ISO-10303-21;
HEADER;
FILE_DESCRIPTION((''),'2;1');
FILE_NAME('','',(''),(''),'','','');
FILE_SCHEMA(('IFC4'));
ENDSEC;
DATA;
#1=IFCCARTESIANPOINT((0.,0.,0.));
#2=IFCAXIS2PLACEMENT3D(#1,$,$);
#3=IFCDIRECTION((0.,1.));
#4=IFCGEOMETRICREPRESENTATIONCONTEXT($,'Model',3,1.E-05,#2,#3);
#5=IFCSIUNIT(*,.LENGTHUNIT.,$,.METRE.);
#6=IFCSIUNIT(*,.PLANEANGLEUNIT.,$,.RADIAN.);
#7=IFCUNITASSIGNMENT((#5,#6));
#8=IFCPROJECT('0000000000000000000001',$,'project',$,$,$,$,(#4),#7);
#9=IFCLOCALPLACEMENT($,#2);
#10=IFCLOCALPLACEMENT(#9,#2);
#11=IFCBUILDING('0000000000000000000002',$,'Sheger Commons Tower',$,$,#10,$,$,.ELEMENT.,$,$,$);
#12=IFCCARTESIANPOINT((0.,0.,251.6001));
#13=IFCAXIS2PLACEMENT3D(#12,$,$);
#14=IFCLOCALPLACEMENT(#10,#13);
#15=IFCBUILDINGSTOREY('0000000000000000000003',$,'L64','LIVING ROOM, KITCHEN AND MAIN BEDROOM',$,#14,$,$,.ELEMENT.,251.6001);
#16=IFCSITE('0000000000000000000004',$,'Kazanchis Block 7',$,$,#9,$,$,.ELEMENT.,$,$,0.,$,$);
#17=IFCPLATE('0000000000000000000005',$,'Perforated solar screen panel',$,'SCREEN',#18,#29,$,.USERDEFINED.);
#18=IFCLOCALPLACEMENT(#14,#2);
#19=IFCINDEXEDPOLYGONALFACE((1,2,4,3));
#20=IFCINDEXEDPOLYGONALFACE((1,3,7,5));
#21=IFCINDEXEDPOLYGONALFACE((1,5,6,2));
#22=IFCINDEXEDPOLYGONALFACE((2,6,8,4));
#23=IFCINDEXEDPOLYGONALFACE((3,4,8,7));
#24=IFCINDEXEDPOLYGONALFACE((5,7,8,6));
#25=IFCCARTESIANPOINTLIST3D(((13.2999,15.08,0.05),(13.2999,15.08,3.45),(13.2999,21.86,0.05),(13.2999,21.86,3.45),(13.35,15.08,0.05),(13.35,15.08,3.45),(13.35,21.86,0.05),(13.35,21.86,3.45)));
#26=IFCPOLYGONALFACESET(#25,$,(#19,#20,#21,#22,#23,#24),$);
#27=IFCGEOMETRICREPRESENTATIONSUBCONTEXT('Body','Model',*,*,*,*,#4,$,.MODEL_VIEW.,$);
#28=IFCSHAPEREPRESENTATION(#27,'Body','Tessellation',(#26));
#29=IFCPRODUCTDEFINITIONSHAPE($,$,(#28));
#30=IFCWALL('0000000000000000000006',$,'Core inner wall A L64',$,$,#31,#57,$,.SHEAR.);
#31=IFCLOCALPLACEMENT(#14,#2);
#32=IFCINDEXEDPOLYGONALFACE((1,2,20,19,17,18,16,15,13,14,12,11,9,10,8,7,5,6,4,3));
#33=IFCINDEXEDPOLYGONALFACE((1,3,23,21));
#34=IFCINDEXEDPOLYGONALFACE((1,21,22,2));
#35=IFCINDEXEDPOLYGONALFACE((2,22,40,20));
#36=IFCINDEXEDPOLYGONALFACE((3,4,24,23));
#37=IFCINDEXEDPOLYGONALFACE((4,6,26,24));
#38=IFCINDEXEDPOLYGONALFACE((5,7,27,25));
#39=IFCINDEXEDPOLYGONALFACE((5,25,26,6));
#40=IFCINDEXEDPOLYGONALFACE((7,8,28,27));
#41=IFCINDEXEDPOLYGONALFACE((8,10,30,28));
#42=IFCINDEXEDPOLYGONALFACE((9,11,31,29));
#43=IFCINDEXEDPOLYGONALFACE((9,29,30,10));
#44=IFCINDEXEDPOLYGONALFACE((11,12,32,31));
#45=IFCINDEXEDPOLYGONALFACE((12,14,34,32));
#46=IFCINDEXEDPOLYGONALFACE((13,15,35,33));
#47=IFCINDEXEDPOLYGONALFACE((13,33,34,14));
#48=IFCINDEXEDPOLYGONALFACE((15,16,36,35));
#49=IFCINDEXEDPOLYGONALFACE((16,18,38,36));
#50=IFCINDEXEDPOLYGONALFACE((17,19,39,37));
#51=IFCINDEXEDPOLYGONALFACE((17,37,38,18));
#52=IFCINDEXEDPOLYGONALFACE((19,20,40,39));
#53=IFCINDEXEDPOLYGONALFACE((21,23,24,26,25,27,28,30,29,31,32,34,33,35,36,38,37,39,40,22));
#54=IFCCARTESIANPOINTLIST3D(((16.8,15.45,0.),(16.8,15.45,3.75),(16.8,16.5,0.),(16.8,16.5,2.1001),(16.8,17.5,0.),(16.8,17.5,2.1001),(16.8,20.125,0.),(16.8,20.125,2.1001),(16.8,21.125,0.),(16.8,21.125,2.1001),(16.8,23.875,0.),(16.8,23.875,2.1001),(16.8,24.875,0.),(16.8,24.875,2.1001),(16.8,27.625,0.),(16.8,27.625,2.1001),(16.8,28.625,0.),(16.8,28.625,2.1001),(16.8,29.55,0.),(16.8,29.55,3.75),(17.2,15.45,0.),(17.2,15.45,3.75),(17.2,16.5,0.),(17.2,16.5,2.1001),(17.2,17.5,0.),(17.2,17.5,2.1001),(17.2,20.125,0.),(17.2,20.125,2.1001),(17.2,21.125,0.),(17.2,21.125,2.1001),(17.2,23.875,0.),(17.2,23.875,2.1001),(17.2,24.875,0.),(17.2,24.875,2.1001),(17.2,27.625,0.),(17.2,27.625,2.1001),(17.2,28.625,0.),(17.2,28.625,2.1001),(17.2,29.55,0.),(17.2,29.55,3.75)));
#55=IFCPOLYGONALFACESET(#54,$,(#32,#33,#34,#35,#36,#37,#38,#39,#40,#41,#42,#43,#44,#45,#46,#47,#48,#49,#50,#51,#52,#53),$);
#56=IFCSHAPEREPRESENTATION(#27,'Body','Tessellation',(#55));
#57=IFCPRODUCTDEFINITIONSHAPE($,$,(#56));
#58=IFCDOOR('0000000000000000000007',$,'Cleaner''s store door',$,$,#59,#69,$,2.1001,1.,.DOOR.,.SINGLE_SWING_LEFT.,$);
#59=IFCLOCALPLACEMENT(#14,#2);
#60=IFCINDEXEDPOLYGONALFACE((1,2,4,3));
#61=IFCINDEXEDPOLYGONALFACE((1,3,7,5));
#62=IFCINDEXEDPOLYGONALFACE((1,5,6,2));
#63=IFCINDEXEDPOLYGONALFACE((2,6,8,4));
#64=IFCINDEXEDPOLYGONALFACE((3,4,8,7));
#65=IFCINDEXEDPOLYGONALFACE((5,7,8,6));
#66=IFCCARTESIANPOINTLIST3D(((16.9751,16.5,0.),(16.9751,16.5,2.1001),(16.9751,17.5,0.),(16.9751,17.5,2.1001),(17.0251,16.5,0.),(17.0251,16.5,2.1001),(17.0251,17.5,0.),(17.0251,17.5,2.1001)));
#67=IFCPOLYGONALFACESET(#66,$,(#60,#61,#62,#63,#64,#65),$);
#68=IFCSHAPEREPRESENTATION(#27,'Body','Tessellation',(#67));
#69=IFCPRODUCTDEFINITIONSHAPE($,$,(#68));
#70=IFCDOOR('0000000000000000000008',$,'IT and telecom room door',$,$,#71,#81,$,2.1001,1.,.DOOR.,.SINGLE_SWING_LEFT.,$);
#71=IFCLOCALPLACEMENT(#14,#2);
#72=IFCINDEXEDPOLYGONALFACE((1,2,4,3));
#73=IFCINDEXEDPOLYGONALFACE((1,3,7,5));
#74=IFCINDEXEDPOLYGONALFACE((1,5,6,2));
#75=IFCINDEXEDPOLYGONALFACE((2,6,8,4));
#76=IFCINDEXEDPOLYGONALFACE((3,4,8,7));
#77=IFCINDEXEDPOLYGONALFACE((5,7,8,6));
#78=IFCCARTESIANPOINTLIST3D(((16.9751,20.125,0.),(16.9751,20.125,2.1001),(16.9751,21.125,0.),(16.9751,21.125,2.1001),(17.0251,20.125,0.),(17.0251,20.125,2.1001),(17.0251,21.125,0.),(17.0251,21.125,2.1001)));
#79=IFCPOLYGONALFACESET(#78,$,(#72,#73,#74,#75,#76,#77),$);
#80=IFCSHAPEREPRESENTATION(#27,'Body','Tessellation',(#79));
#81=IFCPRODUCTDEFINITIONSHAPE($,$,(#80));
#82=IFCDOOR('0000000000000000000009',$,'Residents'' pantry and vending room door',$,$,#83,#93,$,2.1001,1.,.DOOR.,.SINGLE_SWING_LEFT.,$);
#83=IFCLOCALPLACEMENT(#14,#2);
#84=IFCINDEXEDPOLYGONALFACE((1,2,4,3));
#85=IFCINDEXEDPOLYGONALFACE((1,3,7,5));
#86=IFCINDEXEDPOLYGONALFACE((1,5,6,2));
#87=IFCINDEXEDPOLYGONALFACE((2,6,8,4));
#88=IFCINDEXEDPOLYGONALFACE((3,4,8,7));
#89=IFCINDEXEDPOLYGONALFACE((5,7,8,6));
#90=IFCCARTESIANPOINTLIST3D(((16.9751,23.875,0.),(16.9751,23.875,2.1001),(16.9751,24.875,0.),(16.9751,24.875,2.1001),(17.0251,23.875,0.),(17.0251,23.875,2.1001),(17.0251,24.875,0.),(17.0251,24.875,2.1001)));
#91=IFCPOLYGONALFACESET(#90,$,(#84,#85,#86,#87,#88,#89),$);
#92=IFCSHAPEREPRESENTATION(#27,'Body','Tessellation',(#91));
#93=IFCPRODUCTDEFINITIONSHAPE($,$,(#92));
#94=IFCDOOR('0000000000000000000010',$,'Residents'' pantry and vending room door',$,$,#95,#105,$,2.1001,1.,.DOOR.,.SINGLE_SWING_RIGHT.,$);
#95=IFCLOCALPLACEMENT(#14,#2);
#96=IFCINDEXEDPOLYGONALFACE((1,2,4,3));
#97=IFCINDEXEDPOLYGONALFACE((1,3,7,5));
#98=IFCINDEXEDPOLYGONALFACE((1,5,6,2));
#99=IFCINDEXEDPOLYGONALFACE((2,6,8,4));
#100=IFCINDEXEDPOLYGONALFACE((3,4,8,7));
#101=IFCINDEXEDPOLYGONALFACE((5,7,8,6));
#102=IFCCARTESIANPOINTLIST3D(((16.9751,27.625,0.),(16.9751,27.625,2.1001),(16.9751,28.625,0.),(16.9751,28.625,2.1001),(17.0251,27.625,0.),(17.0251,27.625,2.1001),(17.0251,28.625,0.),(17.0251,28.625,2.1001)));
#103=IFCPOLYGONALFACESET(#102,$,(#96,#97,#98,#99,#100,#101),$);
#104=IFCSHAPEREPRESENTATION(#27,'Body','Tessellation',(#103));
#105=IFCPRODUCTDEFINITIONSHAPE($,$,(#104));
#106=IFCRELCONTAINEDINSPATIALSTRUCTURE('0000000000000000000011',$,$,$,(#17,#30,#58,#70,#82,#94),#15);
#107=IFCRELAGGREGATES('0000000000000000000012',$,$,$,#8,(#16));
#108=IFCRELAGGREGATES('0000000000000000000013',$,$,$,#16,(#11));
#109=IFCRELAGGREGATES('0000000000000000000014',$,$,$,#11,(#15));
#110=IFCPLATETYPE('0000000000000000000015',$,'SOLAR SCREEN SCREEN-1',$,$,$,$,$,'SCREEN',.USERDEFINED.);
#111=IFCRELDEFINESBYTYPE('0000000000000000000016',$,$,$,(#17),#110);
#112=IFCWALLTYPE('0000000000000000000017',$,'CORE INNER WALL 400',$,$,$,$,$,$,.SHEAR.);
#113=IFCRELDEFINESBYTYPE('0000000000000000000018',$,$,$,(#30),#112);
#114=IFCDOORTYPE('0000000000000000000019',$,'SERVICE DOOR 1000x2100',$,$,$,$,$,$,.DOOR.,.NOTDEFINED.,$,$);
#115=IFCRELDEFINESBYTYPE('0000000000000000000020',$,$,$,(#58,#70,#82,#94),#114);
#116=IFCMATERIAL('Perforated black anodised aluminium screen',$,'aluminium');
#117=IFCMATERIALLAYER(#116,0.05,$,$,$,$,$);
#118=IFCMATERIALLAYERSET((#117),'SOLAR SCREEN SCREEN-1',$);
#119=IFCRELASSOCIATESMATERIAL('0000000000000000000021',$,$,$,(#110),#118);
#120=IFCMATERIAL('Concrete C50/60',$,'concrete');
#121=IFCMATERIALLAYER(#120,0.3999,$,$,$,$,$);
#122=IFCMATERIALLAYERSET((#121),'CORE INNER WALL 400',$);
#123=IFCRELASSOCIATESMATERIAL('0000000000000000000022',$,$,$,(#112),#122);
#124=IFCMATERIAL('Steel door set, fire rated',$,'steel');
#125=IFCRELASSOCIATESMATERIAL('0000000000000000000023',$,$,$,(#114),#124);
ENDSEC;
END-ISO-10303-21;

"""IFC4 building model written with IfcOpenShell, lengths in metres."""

from ifc_helpers import new_model, si_unit, direction, frame, frame_2d, origin, origin_2d, place, context, subcontext, project, spatial, rectangle, extrude, material, layer, layer_set, type_object, element, fill, save


model = new_model("IFC4")

# Units and contexts
model_context = context("Model", 3, precision=1e-05, world=origin(), true_north=direction((0.0, 1.0)))
body_context = subcontext(model_context, "Body", "Model", "MODEL_VIEW")
ifc_project = project(units=[si_unit("LENGTHUNIT", "METRE"), si_unit("PLANEANGLEUNIT", "RADIAN")], contexts=[model_context])

# Site, building, storey
site_placement = place(None, origin())
site = spatial("IfcSite", under=ifc_project, at=site_placement, Name="Kazanchis Block 7", CompositionType="ELEMENT", RefElevation=0.0)
building_placement = place(site_placement, origin())
building = spatial("IfcBuilding", under=site, at=building_placement, Name="Sheger Commons Tower", CompositionType="ELEMENT")
storey_placement = place(building_placement, frame((0.0, 0.0, 251.6001)))
storey = spatial("IfcBuildingStorey", under=building, at=storey_placement, Name="L64", Description="LIVING ROOM, KITCHEN AND MAIN BEDROOM", CompositionType="ELEMENT", Elevation=251.6001)

# Plate
ifc_material_1 = material(Name="Perforated black anodised aluminium screen", Category="aluminium")
ifc_layer_1 = layer(ifc_material_1, 0.05)
ifc_layer_set_1 = layer_set([ifc_layer_1], Name="SOLAR SCREEN SCREEN-1")
plate_type = type_object("IfcPlateType", Name="SOLAR SCREEN SCREEN-1", ElementType="SCREEN", PredefinedType="USERDEFINED", material=ifc_layer_set_1)
plate_placement = place(storey_placement, frame((13.325, 18.47, 0.05), z_axis=(0.0, 0.0, 1.0), x_axis=(0.0, -1.0, 0.0)))
element("IfcPlate", 1, at=plate_placement, inside=storey, type_object=plate_type, Name="Perforated solar screen panel", ObjectType="SCREEN", PredefinedType="USERDEFINED", context=body_context, shape_type="SweptSolid", body=[
    extrude(rectangle(XDim=6.78, YDim=0.05, at=origin_2d()), origin(), (0.0, 0.0, 1.0), 3.3999),
])

# Wall, openings, doors
ifc_material_2 = material(Name="Concrete C50/60", Category="concrete")
ifc_layer_2 = layer(ifc_material_2, 0.3999)
ifc_layer_set_2 = layer_set([ifc_layer_2], Name="CORE INNER WALL 400")
wall_type_1 = type_object("IfcWallType", Name="CORE INNER WALL 400", PredefinedType="SHEAR", material=ifc_layer_set_2)
wall_1_placement = place(storey_placement, frame((17.0, 15.45, 0.0), z_axis=(0.0, 0.0, 1.0), x_axis=(0.0, 1.0, 0.0)))
wall_1 = element("IfcWall", 2, at=wall_1_placement, inside=storey, type_object=wall_type_1, Name="Core inner wall A L64", PredefinedType="SHEAR", context=body_context, shape_type="SweptSolid", body=[
    extrude(rectangle(XDim=14.1001, YDim=0.3999, at=frame_2d((7.05, 0.0))), origin(), (0.0, 0.0, 1.0), 3.75),
])
opening_1_placement = place(wall_1_placement, frame((1.05, 0.0, 0.0)))
opening_1 = element("IfcOpeningElement", 3, at=opening_1_placement, cuts=wall_1, PredefinedType="OPENING", context=body_context, shape_type="SweptSolid", body=[
    extrude(rectangle(XDim=1.0, YDim=2.1001, at=frame_2d((0.5, 1.05))), frame((0.0, 0.21, 0.0), z_axis=(0.0, -1.0, 0.0), x_axis=(1.0, 0.0, 0.0)), (0.0, 0.0, 1.0), 0.4199),
])
opening_2_placement = place(wall_1_placement, frame((4.675, 0.0, 0.0)))
opening_2 = element("IfcOpeningElement", 4, at=opening_2_placement, cuts=wall_1, PredefinedType="OPENING", context=body_context, shape_type="SweptSolid", body=[
    extrude(rectangle(XDim=1.0, YDim=2.1001, at=frame_2d((0.5, 1.05))), frame((0.0, 0.21, 0.0), z_axis=(0.0, -1.0, 0.0), x_axis=(1.0, 0.0, 0.0)), (0.0, 0.0, 1.0), 0.4199),
])
opening_3_placement = place(wall_1_placement, frame((8.425, 0.0, 0.0)))
opening_3 = element("IfcOpeningElement", 5, at=opening_3_placement, cuts=wall_1, PredefinedType="OPENING", context=body_context, shape_type="SweptSolid", body=[
    extrude(rectangle(XDim=1.0, YDim=2.1001, at=frame_2d((0.5, 1.05))), frame((0.0, 0.21, 0.0), z_axis=(0.0, -1.0, 0.0), x_axis=(1.0, 0.0, 0.0)), (0.0, 0.0, 1.0), 0.4199),
])
opening_4_placement = place(wall_1_placement, frame((12.175, 0.0, 0.0)))
opening_4 = element("IfcOpeningElement", 6, at=opening_4_placement, cuts=wall_1, PredefinedType="OPENING", context=body_context, shape_type="SweptSolid", body=[
    extrude(rectangle(XDim=1.0, YDim=2.1001, at=frame_2d((0.5, 1.05))), frame((0.0, 0.21, 0.0), z_axis=(0.0, -1.0, 0.0), x_axis=(1.0, 0.0, 0.0)), (0.0, 0.0, 1.0), 0.4199),
])
ifc_material_3 = material(Name="Steel door set, fire rated", Category="steel")
door_type_1 = type_object("IfcDoorType", Name="SERVICE DOOR 1000x2100", OperationType="NOTDEFINED", PredefinedType="DOOR", material=ifc_material_3)
door_1_placement = place(opening_1_placement, origin())
door_1 = element("IfcDoor", 7, at=door_1_placement, inside=storey, type_object=door_type_1, Name="Cleaner's store door", OperationType="SINGLE_SWING_LEFT", OverallHeight=2.1001, OverallWidth=1.0, PredefinedType="DOOR", context=body_context, shape_type="SweptSolid", body=[
    extrude(rectangle(XDim=1.0, YDim=2.1001, at=frame_2d((0.5, 1.05))), frame((0.0, 0.0249, 0.0), z_axis=(0.0, -1.0, 0.0), x_axis=(1.0, 0.0, 0.0)), (0.0, 0.0, 1.0), 0.05),
])
fill(opening_1, door_1)
door_2_placement = place(opening_2_placement, origin())
door_2 = element("IfcDoor", 8, at=door_2_placement, inside=storey, type_object=door_type_1, Name="IT and telecom room door", OperationType="SINGLE_SWING_LEFT", OverallHeight=2.1001, OverallWidth=1.0, PredefinedType="DOOR", context=body_context, shape_type="SweptSolid", body=[
    extrude(rectangle(XDim=1.0, YDim=2.1001, at=frame_2d((0.5, 1.05))), frame((0.0, 0.0249, 0.0), z_axis=(0.0, -1.0, 0.0), x_axis=(1.0, 0.0, 0.0)), (0.0, 0.0, 1.0), 0.05),
])
fill(opening_2, door_2)
door_3_placement = place(opening_3_placement, origin())
door_3 = element("IfcDoor", 9, at=door_3_placement, inside=storey, type_object=door_type_1, Name="Residents' pantry and vending room door", OperationType="SINGLE_SWING_LEFT", OverallHeight=2.1001, OverallWidth=1.0, PredefinedType="DOOR", context=body_context, shape_type="SweptSolid", body=[
    extrude(rectangle(XDim=1.0, YDim=2.1001, at=frame_2d((0.5, 1.05))), frame((0.0, 0.0249, 0.0), z_axis=(0.0, -1.0, 0.0), x_axis=(1.0, 0.0, 0.0)), (0.0, 0.0, 1.0), 0.05),
])
fill(opening_3, door_3)
door_4_placement = place(opening_4_placement, origin())
door_4 = element("IfcDoor", 10, at=door_4_placement, inside=storey, type_object=door_type_1, Name="Residents' pantry and vending room door", OperationType="SINGLE_SWING_RIGHT", OverallHeight=2.1001, OverallWidth=1.0, PredefinedType="DOOR", context=body_context, shape_type="SweptSolid", body=[
    extrude(rectangle(XDim=1.0, YDim=2.1001, at=frame_2d((0.5, 1.05))), frame((0.0, 0.0249, 0.0), z_axis=(0.0, -1.0, 0.0), x_axis=(1.0, 0.0, 0.0)), (0.0, 0.0, 1.0), 0.05),
])
fill(opening_4, door_4)

save(model, "model.ifc")
